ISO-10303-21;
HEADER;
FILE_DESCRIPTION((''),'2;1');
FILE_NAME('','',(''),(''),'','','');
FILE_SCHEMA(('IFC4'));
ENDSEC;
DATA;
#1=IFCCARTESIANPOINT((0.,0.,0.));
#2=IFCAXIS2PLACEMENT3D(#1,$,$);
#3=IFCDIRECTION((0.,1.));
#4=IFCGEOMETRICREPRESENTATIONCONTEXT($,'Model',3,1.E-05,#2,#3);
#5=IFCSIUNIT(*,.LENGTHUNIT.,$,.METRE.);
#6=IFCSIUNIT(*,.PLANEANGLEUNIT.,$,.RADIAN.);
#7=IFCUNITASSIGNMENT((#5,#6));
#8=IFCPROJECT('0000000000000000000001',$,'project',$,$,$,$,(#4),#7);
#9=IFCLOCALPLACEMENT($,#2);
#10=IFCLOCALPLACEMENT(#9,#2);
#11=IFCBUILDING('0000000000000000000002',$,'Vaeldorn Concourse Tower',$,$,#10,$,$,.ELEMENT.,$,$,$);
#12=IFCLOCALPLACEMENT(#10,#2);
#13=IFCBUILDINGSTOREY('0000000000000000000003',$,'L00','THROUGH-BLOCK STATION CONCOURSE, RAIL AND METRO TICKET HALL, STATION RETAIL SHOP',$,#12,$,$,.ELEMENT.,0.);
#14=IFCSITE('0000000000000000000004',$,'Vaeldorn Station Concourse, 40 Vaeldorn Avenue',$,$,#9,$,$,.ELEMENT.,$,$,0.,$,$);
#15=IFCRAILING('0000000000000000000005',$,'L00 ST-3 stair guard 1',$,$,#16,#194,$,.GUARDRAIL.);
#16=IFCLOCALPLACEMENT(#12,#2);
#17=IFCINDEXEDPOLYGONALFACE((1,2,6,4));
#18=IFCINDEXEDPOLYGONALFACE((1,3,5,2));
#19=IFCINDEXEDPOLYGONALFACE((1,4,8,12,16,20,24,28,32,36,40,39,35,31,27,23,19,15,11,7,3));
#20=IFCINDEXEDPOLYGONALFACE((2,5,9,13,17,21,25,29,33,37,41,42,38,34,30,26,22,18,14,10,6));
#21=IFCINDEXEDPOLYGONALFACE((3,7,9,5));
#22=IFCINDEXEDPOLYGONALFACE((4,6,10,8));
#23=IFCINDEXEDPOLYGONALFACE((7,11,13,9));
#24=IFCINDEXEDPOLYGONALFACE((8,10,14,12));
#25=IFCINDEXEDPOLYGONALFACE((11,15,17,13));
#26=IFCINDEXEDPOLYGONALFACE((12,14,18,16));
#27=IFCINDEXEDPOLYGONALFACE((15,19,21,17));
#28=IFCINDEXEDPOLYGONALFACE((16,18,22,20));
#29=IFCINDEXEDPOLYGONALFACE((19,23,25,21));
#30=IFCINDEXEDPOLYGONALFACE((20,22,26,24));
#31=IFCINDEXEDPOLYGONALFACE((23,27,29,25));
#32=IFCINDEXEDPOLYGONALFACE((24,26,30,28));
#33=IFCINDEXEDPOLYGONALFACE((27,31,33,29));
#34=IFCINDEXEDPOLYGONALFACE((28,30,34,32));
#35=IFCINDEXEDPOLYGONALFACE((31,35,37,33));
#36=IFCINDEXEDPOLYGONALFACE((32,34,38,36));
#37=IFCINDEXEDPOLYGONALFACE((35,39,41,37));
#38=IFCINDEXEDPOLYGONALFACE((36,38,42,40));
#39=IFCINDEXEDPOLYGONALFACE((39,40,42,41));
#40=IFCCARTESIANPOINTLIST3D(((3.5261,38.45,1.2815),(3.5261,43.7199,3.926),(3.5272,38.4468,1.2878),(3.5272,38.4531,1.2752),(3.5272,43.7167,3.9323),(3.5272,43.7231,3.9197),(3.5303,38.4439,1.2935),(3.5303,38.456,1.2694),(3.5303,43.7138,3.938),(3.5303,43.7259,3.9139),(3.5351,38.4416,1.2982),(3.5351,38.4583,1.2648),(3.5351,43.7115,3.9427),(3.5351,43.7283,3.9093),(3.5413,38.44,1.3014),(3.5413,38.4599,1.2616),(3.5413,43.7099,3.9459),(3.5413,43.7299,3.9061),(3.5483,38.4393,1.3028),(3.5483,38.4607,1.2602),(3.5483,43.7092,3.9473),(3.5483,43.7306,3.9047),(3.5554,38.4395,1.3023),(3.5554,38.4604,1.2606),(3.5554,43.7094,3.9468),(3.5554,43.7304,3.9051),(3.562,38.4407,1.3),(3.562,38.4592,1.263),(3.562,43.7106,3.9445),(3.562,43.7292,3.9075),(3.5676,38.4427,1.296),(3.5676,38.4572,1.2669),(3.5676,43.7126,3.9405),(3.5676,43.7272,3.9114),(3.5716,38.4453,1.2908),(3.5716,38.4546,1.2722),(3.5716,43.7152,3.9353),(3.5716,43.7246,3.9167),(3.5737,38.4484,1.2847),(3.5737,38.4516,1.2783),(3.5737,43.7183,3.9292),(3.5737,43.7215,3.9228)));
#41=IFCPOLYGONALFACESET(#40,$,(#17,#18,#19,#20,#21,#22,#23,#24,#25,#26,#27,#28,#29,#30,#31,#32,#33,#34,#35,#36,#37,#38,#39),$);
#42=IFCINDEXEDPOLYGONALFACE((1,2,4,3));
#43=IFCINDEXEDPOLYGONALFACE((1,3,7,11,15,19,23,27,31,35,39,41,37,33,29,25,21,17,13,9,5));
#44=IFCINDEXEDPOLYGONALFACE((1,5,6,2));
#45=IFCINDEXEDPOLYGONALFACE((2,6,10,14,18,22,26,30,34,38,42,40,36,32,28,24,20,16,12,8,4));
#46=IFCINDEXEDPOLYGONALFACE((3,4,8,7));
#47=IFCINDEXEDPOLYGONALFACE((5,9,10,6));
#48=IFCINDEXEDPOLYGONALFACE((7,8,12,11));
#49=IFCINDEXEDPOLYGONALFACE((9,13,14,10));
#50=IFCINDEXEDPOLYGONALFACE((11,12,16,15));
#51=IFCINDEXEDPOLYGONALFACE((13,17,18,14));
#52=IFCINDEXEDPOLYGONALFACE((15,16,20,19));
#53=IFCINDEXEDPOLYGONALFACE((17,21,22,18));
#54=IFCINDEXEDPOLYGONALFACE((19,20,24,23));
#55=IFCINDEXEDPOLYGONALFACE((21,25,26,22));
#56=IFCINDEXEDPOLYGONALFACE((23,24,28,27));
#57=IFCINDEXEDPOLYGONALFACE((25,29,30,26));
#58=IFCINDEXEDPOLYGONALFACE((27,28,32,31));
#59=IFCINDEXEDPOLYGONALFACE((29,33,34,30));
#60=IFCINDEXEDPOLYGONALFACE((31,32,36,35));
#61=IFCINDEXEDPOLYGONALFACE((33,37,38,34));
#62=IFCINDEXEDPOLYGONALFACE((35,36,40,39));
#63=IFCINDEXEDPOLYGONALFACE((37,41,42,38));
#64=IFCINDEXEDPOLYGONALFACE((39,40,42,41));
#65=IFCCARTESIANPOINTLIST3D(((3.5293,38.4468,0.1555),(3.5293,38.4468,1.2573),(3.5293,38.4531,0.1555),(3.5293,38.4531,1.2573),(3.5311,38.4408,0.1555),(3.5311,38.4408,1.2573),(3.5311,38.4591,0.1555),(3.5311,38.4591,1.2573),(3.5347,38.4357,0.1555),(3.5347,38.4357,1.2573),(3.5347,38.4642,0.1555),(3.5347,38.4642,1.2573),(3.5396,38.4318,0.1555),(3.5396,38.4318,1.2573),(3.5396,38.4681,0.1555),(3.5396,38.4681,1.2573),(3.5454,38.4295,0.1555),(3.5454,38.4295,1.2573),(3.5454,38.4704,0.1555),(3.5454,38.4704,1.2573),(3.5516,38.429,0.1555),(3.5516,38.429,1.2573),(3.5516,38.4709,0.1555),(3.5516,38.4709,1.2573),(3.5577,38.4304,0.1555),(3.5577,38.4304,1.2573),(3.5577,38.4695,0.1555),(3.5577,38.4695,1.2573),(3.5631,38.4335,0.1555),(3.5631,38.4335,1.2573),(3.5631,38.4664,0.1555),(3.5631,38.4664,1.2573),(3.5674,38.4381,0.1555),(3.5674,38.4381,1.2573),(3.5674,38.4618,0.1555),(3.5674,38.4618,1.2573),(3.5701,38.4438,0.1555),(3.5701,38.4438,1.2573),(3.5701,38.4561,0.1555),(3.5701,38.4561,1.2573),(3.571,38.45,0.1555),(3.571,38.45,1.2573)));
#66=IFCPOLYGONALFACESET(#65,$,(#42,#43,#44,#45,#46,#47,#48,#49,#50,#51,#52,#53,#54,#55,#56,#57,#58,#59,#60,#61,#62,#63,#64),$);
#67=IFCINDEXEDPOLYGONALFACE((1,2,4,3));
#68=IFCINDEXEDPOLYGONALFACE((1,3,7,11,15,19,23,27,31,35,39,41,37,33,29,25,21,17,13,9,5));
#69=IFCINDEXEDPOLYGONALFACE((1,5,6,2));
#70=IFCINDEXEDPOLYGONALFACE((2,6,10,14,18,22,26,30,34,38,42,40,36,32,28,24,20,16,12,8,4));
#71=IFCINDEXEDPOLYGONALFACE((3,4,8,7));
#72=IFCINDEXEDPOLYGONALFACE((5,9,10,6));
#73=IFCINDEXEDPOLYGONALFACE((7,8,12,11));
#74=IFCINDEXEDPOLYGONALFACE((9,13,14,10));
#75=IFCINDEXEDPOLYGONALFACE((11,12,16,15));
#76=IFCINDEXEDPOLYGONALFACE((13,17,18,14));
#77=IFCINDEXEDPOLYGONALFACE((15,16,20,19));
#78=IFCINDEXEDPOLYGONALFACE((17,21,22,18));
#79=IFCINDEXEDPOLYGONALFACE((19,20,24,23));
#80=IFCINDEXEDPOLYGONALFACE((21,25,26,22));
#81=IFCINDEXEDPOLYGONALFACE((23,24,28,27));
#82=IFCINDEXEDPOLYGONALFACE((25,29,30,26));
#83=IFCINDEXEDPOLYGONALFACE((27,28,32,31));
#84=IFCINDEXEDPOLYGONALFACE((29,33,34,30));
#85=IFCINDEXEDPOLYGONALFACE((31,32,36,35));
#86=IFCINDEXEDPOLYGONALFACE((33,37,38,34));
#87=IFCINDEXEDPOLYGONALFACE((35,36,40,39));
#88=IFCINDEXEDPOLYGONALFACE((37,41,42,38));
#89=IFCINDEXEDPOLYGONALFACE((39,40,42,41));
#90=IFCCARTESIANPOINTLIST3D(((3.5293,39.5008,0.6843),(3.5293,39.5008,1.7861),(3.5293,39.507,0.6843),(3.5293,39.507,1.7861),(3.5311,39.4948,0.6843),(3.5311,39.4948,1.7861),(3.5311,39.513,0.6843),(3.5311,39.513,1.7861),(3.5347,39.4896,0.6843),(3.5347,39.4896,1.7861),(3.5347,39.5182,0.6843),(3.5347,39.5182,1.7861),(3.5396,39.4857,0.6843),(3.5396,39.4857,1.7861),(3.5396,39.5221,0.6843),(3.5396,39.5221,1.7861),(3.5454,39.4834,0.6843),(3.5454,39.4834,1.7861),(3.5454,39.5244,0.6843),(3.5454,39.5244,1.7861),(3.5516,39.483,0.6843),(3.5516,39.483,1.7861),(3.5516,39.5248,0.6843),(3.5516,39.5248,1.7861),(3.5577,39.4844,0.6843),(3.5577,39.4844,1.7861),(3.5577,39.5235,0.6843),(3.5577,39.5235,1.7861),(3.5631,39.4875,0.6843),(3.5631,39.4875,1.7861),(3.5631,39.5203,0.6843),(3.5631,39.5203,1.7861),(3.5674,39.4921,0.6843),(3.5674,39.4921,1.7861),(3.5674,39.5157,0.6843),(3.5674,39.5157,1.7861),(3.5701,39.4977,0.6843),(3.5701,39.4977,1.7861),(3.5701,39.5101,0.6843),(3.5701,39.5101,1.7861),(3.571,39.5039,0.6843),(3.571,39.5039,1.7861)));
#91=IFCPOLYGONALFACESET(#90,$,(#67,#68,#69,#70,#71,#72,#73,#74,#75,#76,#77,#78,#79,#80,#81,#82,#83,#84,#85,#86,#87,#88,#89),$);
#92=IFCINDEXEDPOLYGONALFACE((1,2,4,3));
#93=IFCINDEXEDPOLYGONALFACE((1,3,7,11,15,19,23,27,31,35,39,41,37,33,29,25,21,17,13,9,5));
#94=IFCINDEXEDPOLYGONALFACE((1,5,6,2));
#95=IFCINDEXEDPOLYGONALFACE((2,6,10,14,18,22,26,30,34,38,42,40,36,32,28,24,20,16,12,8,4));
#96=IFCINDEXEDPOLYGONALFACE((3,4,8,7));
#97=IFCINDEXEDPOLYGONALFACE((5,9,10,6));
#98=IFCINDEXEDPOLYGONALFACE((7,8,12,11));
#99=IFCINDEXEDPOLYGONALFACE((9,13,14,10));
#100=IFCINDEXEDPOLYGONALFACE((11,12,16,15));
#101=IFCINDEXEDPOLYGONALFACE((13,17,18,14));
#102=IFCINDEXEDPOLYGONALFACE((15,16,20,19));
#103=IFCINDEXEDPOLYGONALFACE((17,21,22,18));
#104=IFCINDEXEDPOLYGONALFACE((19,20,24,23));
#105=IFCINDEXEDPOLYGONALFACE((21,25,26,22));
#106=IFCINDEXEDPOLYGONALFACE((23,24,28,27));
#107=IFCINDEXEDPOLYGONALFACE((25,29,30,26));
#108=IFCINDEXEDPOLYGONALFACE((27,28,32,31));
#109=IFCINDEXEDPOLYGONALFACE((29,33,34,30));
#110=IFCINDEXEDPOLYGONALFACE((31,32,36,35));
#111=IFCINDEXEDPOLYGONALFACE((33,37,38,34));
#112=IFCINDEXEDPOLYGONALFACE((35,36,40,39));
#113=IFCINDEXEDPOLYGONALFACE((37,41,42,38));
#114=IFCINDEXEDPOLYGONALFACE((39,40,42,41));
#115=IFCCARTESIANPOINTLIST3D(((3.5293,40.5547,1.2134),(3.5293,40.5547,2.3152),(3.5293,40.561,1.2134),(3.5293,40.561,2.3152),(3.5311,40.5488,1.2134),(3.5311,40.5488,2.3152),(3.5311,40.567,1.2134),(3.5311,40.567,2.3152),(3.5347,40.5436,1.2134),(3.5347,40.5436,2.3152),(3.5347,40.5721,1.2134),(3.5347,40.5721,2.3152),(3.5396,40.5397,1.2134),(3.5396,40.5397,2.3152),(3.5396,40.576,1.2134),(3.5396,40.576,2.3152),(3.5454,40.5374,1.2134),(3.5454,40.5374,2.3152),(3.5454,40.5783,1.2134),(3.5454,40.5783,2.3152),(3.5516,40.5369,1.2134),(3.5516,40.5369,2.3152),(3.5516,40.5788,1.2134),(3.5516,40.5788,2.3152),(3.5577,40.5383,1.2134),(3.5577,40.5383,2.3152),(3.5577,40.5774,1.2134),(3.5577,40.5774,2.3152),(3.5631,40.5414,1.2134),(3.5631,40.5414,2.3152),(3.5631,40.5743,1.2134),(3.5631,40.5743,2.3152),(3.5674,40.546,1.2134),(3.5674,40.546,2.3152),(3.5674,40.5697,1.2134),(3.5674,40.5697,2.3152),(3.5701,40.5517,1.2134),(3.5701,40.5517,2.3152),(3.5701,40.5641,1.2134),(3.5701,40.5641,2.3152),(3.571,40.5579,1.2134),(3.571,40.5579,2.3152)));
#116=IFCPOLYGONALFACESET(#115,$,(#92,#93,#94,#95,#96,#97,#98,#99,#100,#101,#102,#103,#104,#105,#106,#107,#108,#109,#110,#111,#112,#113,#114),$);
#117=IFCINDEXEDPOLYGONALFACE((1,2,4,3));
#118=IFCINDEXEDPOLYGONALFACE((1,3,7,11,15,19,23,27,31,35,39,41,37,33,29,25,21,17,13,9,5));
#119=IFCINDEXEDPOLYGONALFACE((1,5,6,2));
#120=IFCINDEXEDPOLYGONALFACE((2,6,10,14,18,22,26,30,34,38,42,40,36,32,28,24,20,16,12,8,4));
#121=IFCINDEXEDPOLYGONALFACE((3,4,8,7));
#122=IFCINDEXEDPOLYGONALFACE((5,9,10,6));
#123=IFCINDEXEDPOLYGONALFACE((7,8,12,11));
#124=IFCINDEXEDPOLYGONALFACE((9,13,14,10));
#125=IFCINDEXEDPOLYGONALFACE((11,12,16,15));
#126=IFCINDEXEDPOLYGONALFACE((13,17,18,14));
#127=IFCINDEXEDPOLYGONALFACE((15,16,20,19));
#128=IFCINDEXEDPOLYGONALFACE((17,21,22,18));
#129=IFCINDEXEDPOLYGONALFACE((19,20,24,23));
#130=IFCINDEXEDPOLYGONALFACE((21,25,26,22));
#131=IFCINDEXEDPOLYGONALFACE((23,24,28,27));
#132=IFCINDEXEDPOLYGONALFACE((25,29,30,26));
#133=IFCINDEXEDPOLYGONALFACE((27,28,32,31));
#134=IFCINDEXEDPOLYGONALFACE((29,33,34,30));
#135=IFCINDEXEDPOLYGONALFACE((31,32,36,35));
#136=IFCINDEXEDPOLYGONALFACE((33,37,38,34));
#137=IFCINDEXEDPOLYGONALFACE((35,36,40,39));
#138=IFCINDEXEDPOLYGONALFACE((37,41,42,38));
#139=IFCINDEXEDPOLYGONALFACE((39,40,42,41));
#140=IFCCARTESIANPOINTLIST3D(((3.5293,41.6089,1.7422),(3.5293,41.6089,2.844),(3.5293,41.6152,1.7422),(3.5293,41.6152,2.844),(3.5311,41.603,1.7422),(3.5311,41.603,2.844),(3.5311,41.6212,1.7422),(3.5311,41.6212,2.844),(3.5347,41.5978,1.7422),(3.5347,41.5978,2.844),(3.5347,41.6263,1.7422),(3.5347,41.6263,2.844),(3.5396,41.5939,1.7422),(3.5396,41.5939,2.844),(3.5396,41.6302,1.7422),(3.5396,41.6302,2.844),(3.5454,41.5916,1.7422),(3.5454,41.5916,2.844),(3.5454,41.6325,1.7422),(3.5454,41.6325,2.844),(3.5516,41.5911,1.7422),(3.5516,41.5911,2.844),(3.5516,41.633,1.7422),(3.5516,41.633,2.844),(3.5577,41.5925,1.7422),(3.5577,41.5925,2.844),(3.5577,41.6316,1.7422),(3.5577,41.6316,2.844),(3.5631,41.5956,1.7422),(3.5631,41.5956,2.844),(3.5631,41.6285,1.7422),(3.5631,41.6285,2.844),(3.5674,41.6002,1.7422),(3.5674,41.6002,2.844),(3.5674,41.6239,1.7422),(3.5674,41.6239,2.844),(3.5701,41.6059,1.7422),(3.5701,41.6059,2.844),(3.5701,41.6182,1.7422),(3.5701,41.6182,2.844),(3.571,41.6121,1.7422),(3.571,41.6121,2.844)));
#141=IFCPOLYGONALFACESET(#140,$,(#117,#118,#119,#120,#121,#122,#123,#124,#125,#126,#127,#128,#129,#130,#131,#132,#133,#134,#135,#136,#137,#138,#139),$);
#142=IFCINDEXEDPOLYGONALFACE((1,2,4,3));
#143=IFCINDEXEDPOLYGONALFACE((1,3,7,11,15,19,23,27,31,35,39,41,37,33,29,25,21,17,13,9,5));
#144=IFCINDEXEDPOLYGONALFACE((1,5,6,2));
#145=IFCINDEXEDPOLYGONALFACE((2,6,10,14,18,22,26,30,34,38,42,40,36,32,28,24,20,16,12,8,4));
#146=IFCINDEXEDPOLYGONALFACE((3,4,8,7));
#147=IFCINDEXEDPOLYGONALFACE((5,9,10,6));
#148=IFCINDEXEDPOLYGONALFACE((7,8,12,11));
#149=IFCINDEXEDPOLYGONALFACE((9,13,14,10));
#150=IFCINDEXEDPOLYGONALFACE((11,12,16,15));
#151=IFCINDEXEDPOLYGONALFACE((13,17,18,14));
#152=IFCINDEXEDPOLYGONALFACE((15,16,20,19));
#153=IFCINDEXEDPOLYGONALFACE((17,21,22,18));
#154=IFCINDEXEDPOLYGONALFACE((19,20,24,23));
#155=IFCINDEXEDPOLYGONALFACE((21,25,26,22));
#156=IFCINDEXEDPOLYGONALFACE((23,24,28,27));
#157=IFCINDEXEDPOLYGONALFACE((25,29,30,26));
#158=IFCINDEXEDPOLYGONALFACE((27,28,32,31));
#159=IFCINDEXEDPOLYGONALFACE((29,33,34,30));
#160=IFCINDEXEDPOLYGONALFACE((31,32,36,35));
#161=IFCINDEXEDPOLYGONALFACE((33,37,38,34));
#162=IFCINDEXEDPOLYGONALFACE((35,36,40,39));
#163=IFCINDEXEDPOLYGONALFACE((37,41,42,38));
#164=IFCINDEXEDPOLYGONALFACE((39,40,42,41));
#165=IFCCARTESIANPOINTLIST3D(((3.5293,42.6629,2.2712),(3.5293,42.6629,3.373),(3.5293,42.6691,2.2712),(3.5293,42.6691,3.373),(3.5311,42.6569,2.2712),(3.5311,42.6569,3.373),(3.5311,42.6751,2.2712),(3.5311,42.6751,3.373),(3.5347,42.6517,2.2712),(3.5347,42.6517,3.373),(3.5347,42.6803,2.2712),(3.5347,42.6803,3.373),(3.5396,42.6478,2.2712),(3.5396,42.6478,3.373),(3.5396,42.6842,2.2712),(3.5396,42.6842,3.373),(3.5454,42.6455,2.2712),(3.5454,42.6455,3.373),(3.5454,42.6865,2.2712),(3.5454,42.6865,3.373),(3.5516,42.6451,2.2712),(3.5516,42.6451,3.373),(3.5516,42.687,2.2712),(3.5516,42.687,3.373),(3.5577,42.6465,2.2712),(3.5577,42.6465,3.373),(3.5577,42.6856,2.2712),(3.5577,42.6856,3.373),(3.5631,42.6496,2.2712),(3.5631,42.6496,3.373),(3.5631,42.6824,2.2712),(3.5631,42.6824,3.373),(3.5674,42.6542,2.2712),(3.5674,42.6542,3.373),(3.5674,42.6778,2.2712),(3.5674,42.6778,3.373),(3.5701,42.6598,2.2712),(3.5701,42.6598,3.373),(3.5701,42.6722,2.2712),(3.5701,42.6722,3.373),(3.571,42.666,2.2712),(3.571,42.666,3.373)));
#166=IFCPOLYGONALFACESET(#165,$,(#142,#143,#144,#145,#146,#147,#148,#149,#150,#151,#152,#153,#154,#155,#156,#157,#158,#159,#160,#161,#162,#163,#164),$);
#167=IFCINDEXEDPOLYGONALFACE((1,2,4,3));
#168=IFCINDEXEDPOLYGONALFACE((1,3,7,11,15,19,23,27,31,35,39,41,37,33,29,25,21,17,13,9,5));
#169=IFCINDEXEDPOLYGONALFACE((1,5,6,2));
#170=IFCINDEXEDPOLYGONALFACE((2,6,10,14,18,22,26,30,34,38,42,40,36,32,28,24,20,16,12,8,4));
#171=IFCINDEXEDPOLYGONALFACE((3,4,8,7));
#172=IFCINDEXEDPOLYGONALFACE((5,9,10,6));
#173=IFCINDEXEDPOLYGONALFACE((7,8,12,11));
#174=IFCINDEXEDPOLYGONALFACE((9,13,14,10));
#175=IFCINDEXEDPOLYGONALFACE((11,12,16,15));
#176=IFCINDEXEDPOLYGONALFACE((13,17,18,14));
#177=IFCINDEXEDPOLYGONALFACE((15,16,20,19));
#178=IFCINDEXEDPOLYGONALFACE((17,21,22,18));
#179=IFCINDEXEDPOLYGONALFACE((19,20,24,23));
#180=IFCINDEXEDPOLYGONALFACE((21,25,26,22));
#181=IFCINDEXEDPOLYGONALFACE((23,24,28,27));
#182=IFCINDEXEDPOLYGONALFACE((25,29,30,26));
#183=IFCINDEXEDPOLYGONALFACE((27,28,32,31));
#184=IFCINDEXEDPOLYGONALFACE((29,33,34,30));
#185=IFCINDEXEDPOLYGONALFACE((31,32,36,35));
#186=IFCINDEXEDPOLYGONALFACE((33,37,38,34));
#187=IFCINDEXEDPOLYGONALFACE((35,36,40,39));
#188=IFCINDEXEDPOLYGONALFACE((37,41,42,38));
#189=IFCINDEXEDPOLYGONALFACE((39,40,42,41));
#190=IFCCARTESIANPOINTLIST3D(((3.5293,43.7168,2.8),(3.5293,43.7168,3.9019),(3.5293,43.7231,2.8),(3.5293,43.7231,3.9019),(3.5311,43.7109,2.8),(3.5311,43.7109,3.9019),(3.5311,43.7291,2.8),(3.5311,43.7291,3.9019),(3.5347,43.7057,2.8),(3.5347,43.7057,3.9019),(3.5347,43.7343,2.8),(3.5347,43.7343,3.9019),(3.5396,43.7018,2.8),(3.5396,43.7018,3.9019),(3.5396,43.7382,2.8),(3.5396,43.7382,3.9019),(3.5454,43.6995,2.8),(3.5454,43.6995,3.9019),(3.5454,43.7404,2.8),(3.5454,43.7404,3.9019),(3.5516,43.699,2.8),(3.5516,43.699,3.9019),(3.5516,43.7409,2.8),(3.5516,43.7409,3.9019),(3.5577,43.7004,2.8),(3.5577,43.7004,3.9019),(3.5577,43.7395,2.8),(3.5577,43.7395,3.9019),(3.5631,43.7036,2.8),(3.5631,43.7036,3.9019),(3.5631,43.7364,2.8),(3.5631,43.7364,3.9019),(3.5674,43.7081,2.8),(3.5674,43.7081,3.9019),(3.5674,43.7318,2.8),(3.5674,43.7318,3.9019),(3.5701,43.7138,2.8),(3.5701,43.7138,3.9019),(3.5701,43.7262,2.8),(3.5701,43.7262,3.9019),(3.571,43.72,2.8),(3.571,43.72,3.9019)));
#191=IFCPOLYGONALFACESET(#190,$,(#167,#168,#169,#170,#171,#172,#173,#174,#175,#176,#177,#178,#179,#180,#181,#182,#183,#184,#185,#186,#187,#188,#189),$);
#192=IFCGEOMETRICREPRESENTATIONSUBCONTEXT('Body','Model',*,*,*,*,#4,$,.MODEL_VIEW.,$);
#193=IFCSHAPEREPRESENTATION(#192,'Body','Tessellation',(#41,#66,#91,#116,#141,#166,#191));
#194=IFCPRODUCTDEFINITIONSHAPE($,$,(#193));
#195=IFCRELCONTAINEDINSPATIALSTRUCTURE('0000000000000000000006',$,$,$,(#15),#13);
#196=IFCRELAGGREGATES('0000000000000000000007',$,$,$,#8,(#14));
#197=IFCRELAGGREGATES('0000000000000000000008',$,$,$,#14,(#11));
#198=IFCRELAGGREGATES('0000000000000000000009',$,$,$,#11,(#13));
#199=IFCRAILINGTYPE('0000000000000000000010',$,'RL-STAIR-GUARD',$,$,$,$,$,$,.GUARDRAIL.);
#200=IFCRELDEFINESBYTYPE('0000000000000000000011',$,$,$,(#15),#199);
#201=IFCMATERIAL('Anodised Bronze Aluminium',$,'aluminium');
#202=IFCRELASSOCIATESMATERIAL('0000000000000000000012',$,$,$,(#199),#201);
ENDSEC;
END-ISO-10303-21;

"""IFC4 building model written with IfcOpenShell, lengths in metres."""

from ifc_helpers import new_model, si_unit, direction, frame, origin, origin_2d, place, context, subcontext, project, spatial, circle, extrude, material, type_object, element, save


model = new_model("IFC4")

# Units and contexts
model_context = context("Model", 3, precision=1e-05, world=origin(), true_north=direction((0.0, 1.0)))
body_context = subcontext(model_context, "Body", "Model", "MODEL_VIEW")
ifc_project = project(units=[si_unit("LENGTHUNIT", "METRE"), si_unit("PLANEANGLEUNIT", "RADIAN")], contexts=[model_context])

# Site, building, storey
site_placement = place(None, origin())
site = spatial("IfcSite", under=ifc_project, at=site_placement, Name="Vaeldorn Station Concourse, 40 Vaeldorn Avenue", CompositionType="ELEMENT", RefElevation=0.0)
building_placement = place(site_placement, origin())
building = spatial("IfcBuilding", under=site, at=building_placement, Name="Vaeldorn Concourse Tower", CompositionType="ELEMENT")
storey_placement = place(building_placement, origin())
storey = spatial("IfcBuildingStorey", under=building, at=storey_placement, Name="L00", Description="THROUGH-BLOCK STATION CONCOURSE, RAIL AND METRO TICKET HALL, STATION RETAIL SHOP", CompositionType="ELEMENT", Elevation=0.0)

# Shared definitions
ifc_material_1 = material(Name="Anodised Bronze Aluminium", Category="aluminium")

# Railing
railing_type_1 = type_object("IfcRailingType", Name="RL-STAIR-GUARD", PredefinedType="GUARDRAIL", material=ifc_material_1)
railing_1_placement = place(storey_placement, frame((3.55, 38.45, 0.1555)))
element("IfcRailing", 1, at=railing_1_placement, inside=storey, type_object=railing_type_1, Name="L00 ST-3 stair guard 1", PredefinedType="GUARDRAIL", context=body_context, shape_type="SweptSolid", body=[
    extrude(circle(Radius=0.0239, at=origin_2d()), frame((0.0, 0.0, 1.126), z_axis=(0.0, 0.89378, 0.448505), x_axis=(-1.0, 0.0, 0.0)), (0.0, 0.0, 1.0), 5.8962),
    extrude(circle(Radius=0.021, at=origin_2d()), origin(), (0.0, 0.0, 1.0), 1.1018),
    extrude(circle(Radius=0.021, at=origin_2d()), frame((0.0, 1.054, 0.5288)), (0.0, 0.0, 1.0), 1.1018),
    extrude(circle(Radius=0.021, at=origin_2d()), frame((0.0, 2.1079, 1.0579)), (0.0, 0.0, 1.0), 1.1018),
    extrude(circle(Radius=0.021, at=origin_2d()), frame((0.0, 3.1621, 1.5867)), (0.0, 0.0, 1.0), 1.1018),
    extrude(circle(Radius=0.021, at=origin_2d()), frame((0.0, 4.2161, 2.1157)), (0.0, 0.0, 1.0), 1.1018),
    extrude(circle(Radius=0.021, at=origin_2d()), frame((0.0, 5.27, 2.6445)), (0.0, 0.0, 1.0), 1.1018),
])

save(model, "model.ifc")
